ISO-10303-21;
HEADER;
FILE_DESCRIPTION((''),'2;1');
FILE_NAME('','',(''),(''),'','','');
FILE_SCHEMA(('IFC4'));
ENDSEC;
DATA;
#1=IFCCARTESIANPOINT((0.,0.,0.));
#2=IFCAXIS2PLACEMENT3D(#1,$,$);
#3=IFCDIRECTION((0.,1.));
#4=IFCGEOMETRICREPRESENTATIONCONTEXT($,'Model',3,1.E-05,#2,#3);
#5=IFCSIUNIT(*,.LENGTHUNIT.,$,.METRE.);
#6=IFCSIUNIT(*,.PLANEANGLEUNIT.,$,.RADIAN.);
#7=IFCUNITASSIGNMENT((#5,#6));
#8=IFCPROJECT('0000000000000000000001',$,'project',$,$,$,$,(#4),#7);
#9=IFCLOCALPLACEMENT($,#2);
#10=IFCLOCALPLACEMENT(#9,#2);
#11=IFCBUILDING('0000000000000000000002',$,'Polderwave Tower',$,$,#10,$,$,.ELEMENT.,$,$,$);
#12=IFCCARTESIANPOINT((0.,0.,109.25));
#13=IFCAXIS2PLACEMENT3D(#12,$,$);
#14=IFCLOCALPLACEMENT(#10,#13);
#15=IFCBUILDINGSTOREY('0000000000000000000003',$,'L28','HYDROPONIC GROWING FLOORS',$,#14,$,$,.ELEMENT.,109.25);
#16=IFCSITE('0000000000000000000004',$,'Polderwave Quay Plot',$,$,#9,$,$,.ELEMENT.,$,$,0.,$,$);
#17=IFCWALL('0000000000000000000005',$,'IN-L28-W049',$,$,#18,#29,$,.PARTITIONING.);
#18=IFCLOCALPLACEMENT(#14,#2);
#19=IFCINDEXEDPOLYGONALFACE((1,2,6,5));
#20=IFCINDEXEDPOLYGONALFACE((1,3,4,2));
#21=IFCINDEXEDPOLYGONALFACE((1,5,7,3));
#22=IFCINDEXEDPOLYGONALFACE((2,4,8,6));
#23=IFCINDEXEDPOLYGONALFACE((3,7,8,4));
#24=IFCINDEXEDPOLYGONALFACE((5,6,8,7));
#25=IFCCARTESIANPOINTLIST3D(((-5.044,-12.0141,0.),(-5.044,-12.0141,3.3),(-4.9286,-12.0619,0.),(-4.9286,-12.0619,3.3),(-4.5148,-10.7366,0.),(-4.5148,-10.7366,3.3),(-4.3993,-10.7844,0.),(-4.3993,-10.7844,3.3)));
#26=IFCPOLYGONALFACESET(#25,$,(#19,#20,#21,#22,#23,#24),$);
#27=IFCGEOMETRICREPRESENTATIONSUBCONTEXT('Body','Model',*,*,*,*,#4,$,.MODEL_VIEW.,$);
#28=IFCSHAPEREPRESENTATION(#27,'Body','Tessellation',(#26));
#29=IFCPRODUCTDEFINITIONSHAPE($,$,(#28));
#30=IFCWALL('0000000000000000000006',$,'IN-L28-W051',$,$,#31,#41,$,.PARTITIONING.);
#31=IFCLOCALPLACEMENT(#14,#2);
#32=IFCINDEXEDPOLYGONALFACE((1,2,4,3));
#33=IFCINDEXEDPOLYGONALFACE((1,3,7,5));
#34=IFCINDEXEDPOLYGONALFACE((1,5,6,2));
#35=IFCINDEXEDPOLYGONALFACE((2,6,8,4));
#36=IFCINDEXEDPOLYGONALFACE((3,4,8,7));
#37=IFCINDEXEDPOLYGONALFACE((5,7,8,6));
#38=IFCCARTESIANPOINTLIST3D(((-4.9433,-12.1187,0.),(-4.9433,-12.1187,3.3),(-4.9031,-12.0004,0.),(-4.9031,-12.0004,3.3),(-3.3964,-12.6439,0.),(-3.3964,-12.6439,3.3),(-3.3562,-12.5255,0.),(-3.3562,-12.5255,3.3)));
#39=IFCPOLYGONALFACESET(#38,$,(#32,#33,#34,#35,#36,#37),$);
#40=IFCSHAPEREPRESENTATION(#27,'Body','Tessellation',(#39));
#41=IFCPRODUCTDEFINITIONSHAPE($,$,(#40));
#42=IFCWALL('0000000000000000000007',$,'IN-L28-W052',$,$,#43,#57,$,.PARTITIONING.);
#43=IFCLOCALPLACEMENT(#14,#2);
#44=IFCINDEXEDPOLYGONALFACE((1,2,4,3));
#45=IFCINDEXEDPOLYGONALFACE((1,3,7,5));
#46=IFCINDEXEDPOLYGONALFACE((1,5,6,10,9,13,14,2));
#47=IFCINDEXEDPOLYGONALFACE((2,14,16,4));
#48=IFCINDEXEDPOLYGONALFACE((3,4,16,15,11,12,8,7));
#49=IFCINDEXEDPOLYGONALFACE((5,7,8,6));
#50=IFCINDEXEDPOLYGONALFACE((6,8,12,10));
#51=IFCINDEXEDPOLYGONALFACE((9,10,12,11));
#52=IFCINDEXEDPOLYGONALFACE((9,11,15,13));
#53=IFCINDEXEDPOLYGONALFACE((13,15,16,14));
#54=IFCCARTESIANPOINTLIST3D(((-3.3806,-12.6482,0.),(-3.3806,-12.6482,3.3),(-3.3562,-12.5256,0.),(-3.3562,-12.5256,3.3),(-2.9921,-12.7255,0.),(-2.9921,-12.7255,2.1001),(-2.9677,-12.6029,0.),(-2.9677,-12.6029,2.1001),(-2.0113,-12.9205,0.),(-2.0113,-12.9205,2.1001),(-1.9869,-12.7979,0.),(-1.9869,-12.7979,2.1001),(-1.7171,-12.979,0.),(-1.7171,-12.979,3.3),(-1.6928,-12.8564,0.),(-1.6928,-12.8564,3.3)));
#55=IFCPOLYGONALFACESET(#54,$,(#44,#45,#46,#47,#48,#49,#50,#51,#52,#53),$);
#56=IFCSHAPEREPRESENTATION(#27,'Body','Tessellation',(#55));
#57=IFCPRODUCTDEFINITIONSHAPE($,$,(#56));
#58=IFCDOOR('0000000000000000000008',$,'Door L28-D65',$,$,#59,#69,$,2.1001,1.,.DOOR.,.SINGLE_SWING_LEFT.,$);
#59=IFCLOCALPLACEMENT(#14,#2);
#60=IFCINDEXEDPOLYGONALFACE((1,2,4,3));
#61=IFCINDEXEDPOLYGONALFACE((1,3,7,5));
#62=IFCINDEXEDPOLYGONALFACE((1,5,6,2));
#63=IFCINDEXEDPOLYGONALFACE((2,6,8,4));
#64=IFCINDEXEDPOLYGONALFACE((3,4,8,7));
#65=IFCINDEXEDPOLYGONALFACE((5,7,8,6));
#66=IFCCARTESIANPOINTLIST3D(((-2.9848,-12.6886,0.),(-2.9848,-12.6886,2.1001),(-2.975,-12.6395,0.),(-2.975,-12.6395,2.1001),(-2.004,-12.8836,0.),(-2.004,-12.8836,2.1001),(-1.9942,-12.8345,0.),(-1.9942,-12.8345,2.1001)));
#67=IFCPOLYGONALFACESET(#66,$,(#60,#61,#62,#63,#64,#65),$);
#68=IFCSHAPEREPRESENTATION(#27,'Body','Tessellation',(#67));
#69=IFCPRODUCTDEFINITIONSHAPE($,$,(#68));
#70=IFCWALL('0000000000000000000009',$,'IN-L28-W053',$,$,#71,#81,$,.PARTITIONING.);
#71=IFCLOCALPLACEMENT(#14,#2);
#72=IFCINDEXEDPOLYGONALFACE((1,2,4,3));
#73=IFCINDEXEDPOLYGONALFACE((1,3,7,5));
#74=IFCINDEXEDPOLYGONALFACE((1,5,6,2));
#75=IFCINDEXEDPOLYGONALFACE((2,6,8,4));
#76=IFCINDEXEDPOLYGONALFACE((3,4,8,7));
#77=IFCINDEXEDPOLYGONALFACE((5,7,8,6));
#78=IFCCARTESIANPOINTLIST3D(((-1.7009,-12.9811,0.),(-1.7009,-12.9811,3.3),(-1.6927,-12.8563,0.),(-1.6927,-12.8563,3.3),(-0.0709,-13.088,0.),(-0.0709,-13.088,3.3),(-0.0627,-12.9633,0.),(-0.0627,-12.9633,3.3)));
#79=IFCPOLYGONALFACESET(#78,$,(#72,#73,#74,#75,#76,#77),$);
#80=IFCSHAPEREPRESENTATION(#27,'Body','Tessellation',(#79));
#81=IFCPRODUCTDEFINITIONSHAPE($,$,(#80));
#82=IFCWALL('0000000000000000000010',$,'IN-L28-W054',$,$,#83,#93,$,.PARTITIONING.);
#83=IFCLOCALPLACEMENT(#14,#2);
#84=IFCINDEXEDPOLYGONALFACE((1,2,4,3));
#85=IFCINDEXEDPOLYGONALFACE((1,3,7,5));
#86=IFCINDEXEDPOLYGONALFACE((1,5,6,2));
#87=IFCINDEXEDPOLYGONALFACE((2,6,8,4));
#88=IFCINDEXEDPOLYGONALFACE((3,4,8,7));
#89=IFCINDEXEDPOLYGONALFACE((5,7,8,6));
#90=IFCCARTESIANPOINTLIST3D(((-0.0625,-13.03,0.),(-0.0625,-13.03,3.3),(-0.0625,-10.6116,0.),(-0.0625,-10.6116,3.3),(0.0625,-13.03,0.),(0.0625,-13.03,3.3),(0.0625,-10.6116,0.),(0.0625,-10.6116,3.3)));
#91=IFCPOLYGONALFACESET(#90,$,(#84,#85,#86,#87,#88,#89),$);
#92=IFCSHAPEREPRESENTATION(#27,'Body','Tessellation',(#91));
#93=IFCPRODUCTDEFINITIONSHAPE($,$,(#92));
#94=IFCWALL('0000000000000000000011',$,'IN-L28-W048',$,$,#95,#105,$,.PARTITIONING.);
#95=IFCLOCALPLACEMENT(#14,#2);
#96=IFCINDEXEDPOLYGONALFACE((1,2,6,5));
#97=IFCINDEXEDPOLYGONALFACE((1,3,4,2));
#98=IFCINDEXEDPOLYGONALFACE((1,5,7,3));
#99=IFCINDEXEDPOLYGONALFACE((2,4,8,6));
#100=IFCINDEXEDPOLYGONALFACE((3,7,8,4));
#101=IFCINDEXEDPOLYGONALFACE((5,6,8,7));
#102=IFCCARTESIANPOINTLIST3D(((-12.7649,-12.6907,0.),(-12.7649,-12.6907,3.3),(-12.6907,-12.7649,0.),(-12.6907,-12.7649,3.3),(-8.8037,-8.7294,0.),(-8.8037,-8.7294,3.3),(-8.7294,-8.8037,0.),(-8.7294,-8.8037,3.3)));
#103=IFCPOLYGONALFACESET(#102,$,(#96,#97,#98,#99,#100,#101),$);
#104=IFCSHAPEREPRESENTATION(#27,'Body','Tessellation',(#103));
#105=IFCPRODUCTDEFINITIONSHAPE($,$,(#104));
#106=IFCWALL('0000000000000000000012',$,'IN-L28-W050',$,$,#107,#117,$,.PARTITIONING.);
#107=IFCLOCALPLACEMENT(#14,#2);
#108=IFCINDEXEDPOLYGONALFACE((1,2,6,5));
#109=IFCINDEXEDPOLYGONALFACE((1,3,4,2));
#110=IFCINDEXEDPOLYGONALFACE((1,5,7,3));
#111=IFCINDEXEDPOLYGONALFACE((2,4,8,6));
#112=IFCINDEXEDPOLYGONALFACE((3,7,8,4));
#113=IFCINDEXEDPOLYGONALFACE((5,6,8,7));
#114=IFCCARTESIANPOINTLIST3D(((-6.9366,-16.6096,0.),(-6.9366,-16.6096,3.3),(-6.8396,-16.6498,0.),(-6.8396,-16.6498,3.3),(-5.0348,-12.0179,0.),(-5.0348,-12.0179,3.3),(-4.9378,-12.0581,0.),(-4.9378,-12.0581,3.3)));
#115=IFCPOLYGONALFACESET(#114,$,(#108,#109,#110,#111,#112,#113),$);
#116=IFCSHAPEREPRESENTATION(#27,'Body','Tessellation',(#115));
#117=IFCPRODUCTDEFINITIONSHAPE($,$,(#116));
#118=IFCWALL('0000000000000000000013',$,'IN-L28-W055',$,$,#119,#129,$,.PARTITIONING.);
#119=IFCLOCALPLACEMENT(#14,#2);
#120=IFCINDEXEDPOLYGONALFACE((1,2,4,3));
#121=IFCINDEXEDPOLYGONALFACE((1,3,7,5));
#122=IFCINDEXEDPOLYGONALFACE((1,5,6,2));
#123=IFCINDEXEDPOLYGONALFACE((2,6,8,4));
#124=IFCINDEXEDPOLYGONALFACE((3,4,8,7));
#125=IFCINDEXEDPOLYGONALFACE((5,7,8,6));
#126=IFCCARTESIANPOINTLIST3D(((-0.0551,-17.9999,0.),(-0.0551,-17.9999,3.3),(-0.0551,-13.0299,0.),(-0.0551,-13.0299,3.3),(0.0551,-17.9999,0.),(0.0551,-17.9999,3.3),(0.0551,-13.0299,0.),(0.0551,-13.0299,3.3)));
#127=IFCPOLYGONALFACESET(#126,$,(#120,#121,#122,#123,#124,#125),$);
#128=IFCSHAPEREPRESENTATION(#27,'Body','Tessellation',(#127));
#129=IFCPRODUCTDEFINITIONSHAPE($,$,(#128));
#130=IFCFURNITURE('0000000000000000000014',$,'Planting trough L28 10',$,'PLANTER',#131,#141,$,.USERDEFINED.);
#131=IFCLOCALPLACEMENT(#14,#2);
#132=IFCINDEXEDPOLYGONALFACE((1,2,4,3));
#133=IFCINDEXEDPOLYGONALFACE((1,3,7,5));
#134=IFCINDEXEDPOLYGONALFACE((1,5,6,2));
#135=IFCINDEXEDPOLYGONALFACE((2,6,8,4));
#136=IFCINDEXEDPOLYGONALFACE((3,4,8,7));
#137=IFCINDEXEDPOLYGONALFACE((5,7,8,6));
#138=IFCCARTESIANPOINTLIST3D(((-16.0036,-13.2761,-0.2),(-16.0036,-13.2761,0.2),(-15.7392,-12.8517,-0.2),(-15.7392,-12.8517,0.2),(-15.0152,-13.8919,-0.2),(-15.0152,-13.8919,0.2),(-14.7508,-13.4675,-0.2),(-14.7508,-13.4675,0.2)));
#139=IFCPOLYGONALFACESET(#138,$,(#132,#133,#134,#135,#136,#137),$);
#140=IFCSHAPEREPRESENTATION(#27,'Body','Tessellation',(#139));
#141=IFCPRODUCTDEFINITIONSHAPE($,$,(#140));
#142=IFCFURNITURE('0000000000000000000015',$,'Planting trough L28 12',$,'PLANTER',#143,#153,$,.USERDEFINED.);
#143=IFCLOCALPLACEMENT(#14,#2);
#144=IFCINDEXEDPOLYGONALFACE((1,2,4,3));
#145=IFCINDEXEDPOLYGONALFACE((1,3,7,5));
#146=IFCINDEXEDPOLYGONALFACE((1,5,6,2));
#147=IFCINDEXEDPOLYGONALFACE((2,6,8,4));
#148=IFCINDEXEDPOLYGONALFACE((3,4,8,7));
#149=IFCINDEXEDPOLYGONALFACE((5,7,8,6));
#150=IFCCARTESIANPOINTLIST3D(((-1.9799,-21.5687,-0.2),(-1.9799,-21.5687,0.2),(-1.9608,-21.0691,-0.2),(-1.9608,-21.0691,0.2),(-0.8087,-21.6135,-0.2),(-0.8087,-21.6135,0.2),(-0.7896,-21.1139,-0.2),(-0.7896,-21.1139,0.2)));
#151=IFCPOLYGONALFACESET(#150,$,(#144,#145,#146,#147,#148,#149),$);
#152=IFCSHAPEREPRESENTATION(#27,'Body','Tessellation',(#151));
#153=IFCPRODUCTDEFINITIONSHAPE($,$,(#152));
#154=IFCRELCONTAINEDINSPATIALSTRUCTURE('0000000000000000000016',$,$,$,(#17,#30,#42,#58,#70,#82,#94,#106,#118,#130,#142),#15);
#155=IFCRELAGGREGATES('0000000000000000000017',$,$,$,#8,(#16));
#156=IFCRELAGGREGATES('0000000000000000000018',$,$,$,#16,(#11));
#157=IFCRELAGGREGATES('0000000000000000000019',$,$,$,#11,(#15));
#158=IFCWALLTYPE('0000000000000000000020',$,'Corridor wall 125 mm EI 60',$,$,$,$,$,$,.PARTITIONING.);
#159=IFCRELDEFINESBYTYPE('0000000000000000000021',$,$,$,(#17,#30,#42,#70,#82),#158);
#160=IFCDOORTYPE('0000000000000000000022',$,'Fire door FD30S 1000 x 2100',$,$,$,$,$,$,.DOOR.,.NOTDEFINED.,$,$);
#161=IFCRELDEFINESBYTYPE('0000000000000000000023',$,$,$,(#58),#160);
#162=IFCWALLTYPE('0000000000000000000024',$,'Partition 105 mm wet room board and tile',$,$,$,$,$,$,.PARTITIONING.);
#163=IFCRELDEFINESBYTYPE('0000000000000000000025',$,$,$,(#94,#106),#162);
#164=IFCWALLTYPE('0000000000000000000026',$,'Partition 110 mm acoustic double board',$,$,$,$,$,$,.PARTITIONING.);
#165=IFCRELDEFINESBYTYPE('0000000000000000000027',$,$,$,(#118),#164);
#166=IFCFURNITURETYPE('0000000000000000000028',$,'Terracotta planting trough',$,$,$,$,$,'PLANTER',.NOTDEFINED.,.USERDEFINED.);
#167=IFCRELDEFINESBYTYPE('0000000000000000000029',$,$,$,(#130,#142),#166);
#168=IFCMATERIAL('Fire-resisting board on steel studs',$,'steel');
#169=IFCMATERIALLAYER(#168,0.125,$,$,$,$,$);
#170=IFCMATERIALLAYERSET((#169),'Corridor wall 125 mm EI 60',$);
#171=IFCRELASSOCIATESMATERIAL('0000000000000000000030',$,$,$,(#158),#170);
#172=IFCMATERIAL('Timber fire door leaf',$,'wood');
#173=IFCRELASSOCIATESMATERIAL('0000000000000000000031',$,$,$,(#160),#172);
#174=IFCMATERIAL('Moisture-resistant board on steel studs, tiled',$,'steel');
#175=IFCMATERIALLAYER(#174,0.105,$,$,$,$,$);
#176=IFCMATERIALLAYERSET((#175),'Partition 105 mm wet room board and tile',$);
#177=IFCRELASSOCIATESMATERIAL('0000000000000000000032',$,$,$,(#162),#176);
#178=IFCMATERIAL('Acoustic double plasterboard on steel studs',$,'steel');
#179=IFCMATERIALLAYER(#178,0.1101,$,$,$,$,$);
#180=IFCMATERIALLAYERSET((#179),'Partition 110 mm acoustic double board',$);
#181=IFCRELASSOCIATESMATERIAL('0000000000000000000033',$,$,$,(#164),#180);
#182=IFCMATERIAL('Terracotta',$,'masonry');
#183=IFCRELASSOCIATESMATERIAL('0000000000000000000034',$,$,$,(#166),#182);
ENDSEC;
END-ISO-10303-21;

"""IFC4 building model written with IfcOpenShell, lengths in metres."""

from ifc_helpers import new_model, si_unit, direction, frame, frame_2d, origin, origin_2d, place, context, subcontext, project, spatial, rectangle, extrude, material, layer, layer_set, type_object, element, fill, save


model = new_model("IFC4")

# Units and contexts
model_context = context("Model", 3, precision=1e-05, world=origin(), true_north=direction((0.0, 1.0)))
body_context = subcontext(model_context, "Body", "Model", "MODEL_VIEW")
ifc_project = project(units=[si_unit("LENGTHUNIT", "METRE"), si_unit("PLANEANGLEUNIT", "RADIAN")], contexts=[model_context])

# Site, building, storey
site_placement = place(None, origin())
site = spatial("IfcSite", under=ifc_project, at=site_placement, Name="Polderwave Quay Plot", CompositionType="ELEMENT", RefElevation=0.0)
building_placement = place(site_placement, origin())
building = spatial("IfcBuilding", under=site, at=building_placement, Name="Polderwave Tower", CompositionType="ELEMENT")
storey_placement = place(building_placement, frame((0.0, 0.0, 109.25)))
storey = spatial("IfcBuildingStorey", under=building, at=storey_placement, Name="L28", Description="HYDROPONIC GROWING FLOORS", CompositionType="ELEMENT", Elevation=109.25)

# Shared definitions
ifc_material_1 = material(Name="Fire-resisting board on steel studs", Category="steel")
ifc_layer_1 = layer(ifc_material_1, 0.125)
ifc_layer_set_1 = layer_set([ifc_layer_1], Name="Corridor wall 125 mm EI 60")
wall_type_1 = type_object("IfcWallType", Name="Corridor wall 125 mm EI 60", PredefinedType="PARTITIONING", material=ifc_layer_set_1)
ifc_material_2 = material(Name="Timber fire door leaf", Category="wood")
door_type = type_object("IfcDoorType", Name="Fire door FD30S 1000 x 2100", OperationType="NOTDEFINED", PredefinedType="DOOR", material=ifc_material_2)

# Walls
wall_1_placement = place(storey_placement, frame((-4.457, -10.7605, 0.0), z_axis=(0.0, 0.0, 1.0), x_axis=(-0.382747, -0.923853, 0.0)))
element("IfcWall", 1, at=wall_1_placement, inside=storey, type_object=wall_type_1, Name="IN-L28-W049", PredefinedType="PARTITIONING", context=body_context, shape_type="SweptSolid", body=[
    extrude(rectangle(XDim=1.3828, YDim=0.125, at=frame_2d((0.6914, 0.0))), origin(), (0.0, 0.0, 1.0), 3.3),
])
wall_2_placement = place(storey_placement, frame((-3.3762, -12.5847, 0.0), z_axis=(0.0, 0.0, 1.0), x_axis=(-0.94692, 0.321469, 0.0)))
element("IfcWall", 2, at=wall_2_placement, inside=storey, type_object=wall_type_1, Name="IN-L28-W051", PredefinedType="PARTITIONING", context=body_context, shape_type="SweptSolid", body=[
    extrude(rectangle(XDim=1.6335, YDim=0.125, at=frame_2d((0.8169, 0.0))), origin(), (0.0, 0.0, 1.0), 3.3),
])

# Wall, opening, door
wall_3_placement = place(storey_placement, frame((-1.7048, -12.9177, 0.0), z_axis=(0.0, 0.0, 1.0), x_axis=(-0.980796, 0.195036, 0.0)))
wall_3 = element("IfcWall", 3, at=wall_3_placement, inside=storey, type_object=wall_type_1, Name="IN-L28-W052", PredefinedType="PARTITIONING", context=body_context, shape_type="SweptSolid", body=[
    extrude(rectangle(XDim=1.696, YDim=0.125, at=frame_2d((0.8481, 0.0))), origin(), (0.0, 0.0, 1.0), 3.3),
])
opening_1_placement = place(wall_3_placement, frame((0.3, 0.0, 0.0)))
opening_1 = element("IfcOpeningElement", 4, at=opening_1_placement, cuts=wall_3, PredefinedType="OPENING", context=body_context, shape_type="SweptSolid", body=[
    extrude(rectangle(XDim=1.0, YDim=2.1001, at=frame_2d((0.5, 1.05))), frame((0.0, 0.0725, 0.0), z_axis=(0.0, -1.0, 0.0), x_axis=(1.0, 0.0, 0.0)), (0.0, 0.0, 1.0), 0.145),
])
door_1_placement = place(opening_1_placement, origin())
door_1 = element("IfcDoor", 5, at=door_1_placement, inside=storey, type_object=door_type, Name="Door L28-D65", OperationType="SINGLE_SWING_LEFT", OverallHeight=2.1001, OverallWidth=1.0, PredefinedType="DOOR", context=body_context, shape_type="SweptSolid", body=[
    extrude(rectangle(XDim=1.0, YDim=2.1001, at=frame_2d((0.5, 1.05))), frame((0.0, 0.0249, 0.0), z_axis=(0.0, -1.0, 0.0), x_axis=(1.0, 0.0, 0.0)), (0.0, 0.0, 1.0), 0.05),
])
fill(opening_1, door_1)

# Walls
wall_4_placement = place(storey_placement, frame((-0.0667, -13.0256, 0.0), z_axis=(0.0, 0.0, 1.0), x_axis=(-0.997855, 0.065458, 0.0)))
element("IfcWall", 6, at=wall_4_placement, inside=storey, type_object=wall_type_1, Name="IN-L28-W053", PredefinedType="PARTITIONING", context=body_context, shape_type="SweptSolid", body=[
    extrude(rectangle(XDim=1.6335, YDim=0.125, at=frame_2d((0.8169, 0.0))), origin(), (0.0, 0.0, 1.0), 3.3),
])
wall_5_placement = place(storey_placement, frame((0.0, -10.6116, 0.0), z_axis=(0.0, 0.0, 1.0), x_axis=(0.0, -1.0, 0.0)))
element("IfcWall", 7, at=wall_5_placement, inside=storey, type_object=wall_type_1, Name="IN-L28-W054", PredefinedType="PARTITIONING", context=body_context, shape_type="SweptSolid", body=[
    extrude(rectangle(XDim=2.4185, YDim=0.125, at=frame_2d((1.2092, 0.0))), origin(), (0.0, 0.0, 1.0), 3.3),
])
ifc_material_3 = material(Name="Moisture-resistant board on steel studs, tiled", Category="steel")
ifc_layer_2 = layer(ifc_material_3, 0.105)
ifc_layer_set_2 = layer_set([ifc_layer_2], Name="Partition 105 mm wet room board and tile")
wall_type_2 = type_object("IfcWallType", Name="Partition 105 mm wet room board and tile", PredefinedType="PARTITIONING", material=ifc_layer_set_2)
wall_6_placement = place(storey_placement, frame((-12.7278, -12.7278, 0.0), z_axis=(0.0, 0.0, 1.0), x_axis=(0.707107, 0.707107, 0.0)))
element("IfcWall", 8, at=wall_6_placement, inside=storey, type_object=wall_type_2, Name="IN-L28-W048", PredefinedType="PARTITIONING", context=body_context, shape_type="SweptSolid", body=[
    extrude(rectangle(XDim=5.6021, YDim=0.105, at=frame_2d((2.801, 0.0))), origin(), (0.0, 0.0, 1.0), 3.3),
])
wall_7_placement = place(storey_placement, frame((-4.9863, -12.0381, 0.0), z_axis=(0.0, 0.0, 1.0), x_axis=(-0.382661, -0.923889, 0.0)))
element("IfcWall", 9, at=wall_7_placement, inside=storey, type_object=wall_type_2, Name="IN-L28-W050", PredefinedType="PARTITIONING", context=body_context, shape_type="SweptSolid", body=[
    extrude(rectangle(XDim=4.97, YDim=0.105, at=frame_2d((2.4849, 0.0))), origin(), (0.0, 0.0, 1.0), 3.3),
])
ifc_material_4 = material(Name="Acoustic double plasterboard on steel studs", Category="steel")
ifc_layer_3 = layer(ifc_material_4, 0.1101)
ifc_layer_set_3 = layer_set([ifc_layer_3], Name="Partition 110 mm acoustic double board")
wall_type_3 = type_object("IfcWallType", Name="Partition 110 mm acoustic double board", PredefinedType="PARTITIONING", material=ifc_layer_set_3)
wall_8_placement = place(storey_placement, frame((0.0, -13.03, 0.0), z_axis=(0.0, 0.0, 1.0), x_axis=(0.0, -1.0, 0.0)))
element("IfcWall", 10, at=wall_8_placement, inside=storey, type_object=wall_type_3, Name="IN-L28-W055", PredefinedType="PARTITIONING", context=body_context, shape_type="SweptSolid", body=[
    extrude(rectangle(XDim=4.97, YDim=0.1101, at=frame_2d((2.4849, 0.0))), origin(), (0.0, 0.0, 1.0), 3.3),
])

# Furniture
ifc_material_5 = material(Name="Terracotta", Category="masonry")
furniture_type = type_object("IfcFurnitureType", Name="Terracotta planting trough", ElementType="PLANTER", AssemblyPlace="NOTDEFINED", PredefinedType="USERDEFINED", material=ifc_material_5)
furniture_1_placement = place(storey_placement, frame((-15.3772, -13.3718, -0.2), z_axis=(0.0, 0.0, 1.0), x_axis=(0.848757, -0.528784, 0.0)))
element("IfcFurniture", 11, at=furniture_1_placement, inside=storey, type_object=furniture_type, Name="Planting trough L28 10", ObjectType="PLANTER", PredefinedType="USERDEFINED", context=body_context, shape_type="SweptSolid", body=[
    extrude(rectangle(XDim=1.1646, YDim=0.5, at=origin_2d()), origin(), (0.0, 0.0, 1.0), 0.3999),
])
furniture_2_placement = place(storey_placement, frame((-1.3848, -21.3413, -0.2), z_axis=(0.0, 0.0, 1.0), x_axis=(0.99927, -0.03821, 0.0)))
element("IfcFurniture", 12, at=furniture_2_placement, inside=storey, type_object=furniture_type, Name="Planting trough L28 12", ObjectType="PLANTER", PredefinedType="USERDEFINED", context=body_context, shape_type="SweptSolid", body=[
    extrude(rectangle(XDim=1.1721, YDim=0.5, at=origin_2d()), origin(), (0.0, 0.0, 1.0), 0.3999),
])

save(model, "model.ifc")
